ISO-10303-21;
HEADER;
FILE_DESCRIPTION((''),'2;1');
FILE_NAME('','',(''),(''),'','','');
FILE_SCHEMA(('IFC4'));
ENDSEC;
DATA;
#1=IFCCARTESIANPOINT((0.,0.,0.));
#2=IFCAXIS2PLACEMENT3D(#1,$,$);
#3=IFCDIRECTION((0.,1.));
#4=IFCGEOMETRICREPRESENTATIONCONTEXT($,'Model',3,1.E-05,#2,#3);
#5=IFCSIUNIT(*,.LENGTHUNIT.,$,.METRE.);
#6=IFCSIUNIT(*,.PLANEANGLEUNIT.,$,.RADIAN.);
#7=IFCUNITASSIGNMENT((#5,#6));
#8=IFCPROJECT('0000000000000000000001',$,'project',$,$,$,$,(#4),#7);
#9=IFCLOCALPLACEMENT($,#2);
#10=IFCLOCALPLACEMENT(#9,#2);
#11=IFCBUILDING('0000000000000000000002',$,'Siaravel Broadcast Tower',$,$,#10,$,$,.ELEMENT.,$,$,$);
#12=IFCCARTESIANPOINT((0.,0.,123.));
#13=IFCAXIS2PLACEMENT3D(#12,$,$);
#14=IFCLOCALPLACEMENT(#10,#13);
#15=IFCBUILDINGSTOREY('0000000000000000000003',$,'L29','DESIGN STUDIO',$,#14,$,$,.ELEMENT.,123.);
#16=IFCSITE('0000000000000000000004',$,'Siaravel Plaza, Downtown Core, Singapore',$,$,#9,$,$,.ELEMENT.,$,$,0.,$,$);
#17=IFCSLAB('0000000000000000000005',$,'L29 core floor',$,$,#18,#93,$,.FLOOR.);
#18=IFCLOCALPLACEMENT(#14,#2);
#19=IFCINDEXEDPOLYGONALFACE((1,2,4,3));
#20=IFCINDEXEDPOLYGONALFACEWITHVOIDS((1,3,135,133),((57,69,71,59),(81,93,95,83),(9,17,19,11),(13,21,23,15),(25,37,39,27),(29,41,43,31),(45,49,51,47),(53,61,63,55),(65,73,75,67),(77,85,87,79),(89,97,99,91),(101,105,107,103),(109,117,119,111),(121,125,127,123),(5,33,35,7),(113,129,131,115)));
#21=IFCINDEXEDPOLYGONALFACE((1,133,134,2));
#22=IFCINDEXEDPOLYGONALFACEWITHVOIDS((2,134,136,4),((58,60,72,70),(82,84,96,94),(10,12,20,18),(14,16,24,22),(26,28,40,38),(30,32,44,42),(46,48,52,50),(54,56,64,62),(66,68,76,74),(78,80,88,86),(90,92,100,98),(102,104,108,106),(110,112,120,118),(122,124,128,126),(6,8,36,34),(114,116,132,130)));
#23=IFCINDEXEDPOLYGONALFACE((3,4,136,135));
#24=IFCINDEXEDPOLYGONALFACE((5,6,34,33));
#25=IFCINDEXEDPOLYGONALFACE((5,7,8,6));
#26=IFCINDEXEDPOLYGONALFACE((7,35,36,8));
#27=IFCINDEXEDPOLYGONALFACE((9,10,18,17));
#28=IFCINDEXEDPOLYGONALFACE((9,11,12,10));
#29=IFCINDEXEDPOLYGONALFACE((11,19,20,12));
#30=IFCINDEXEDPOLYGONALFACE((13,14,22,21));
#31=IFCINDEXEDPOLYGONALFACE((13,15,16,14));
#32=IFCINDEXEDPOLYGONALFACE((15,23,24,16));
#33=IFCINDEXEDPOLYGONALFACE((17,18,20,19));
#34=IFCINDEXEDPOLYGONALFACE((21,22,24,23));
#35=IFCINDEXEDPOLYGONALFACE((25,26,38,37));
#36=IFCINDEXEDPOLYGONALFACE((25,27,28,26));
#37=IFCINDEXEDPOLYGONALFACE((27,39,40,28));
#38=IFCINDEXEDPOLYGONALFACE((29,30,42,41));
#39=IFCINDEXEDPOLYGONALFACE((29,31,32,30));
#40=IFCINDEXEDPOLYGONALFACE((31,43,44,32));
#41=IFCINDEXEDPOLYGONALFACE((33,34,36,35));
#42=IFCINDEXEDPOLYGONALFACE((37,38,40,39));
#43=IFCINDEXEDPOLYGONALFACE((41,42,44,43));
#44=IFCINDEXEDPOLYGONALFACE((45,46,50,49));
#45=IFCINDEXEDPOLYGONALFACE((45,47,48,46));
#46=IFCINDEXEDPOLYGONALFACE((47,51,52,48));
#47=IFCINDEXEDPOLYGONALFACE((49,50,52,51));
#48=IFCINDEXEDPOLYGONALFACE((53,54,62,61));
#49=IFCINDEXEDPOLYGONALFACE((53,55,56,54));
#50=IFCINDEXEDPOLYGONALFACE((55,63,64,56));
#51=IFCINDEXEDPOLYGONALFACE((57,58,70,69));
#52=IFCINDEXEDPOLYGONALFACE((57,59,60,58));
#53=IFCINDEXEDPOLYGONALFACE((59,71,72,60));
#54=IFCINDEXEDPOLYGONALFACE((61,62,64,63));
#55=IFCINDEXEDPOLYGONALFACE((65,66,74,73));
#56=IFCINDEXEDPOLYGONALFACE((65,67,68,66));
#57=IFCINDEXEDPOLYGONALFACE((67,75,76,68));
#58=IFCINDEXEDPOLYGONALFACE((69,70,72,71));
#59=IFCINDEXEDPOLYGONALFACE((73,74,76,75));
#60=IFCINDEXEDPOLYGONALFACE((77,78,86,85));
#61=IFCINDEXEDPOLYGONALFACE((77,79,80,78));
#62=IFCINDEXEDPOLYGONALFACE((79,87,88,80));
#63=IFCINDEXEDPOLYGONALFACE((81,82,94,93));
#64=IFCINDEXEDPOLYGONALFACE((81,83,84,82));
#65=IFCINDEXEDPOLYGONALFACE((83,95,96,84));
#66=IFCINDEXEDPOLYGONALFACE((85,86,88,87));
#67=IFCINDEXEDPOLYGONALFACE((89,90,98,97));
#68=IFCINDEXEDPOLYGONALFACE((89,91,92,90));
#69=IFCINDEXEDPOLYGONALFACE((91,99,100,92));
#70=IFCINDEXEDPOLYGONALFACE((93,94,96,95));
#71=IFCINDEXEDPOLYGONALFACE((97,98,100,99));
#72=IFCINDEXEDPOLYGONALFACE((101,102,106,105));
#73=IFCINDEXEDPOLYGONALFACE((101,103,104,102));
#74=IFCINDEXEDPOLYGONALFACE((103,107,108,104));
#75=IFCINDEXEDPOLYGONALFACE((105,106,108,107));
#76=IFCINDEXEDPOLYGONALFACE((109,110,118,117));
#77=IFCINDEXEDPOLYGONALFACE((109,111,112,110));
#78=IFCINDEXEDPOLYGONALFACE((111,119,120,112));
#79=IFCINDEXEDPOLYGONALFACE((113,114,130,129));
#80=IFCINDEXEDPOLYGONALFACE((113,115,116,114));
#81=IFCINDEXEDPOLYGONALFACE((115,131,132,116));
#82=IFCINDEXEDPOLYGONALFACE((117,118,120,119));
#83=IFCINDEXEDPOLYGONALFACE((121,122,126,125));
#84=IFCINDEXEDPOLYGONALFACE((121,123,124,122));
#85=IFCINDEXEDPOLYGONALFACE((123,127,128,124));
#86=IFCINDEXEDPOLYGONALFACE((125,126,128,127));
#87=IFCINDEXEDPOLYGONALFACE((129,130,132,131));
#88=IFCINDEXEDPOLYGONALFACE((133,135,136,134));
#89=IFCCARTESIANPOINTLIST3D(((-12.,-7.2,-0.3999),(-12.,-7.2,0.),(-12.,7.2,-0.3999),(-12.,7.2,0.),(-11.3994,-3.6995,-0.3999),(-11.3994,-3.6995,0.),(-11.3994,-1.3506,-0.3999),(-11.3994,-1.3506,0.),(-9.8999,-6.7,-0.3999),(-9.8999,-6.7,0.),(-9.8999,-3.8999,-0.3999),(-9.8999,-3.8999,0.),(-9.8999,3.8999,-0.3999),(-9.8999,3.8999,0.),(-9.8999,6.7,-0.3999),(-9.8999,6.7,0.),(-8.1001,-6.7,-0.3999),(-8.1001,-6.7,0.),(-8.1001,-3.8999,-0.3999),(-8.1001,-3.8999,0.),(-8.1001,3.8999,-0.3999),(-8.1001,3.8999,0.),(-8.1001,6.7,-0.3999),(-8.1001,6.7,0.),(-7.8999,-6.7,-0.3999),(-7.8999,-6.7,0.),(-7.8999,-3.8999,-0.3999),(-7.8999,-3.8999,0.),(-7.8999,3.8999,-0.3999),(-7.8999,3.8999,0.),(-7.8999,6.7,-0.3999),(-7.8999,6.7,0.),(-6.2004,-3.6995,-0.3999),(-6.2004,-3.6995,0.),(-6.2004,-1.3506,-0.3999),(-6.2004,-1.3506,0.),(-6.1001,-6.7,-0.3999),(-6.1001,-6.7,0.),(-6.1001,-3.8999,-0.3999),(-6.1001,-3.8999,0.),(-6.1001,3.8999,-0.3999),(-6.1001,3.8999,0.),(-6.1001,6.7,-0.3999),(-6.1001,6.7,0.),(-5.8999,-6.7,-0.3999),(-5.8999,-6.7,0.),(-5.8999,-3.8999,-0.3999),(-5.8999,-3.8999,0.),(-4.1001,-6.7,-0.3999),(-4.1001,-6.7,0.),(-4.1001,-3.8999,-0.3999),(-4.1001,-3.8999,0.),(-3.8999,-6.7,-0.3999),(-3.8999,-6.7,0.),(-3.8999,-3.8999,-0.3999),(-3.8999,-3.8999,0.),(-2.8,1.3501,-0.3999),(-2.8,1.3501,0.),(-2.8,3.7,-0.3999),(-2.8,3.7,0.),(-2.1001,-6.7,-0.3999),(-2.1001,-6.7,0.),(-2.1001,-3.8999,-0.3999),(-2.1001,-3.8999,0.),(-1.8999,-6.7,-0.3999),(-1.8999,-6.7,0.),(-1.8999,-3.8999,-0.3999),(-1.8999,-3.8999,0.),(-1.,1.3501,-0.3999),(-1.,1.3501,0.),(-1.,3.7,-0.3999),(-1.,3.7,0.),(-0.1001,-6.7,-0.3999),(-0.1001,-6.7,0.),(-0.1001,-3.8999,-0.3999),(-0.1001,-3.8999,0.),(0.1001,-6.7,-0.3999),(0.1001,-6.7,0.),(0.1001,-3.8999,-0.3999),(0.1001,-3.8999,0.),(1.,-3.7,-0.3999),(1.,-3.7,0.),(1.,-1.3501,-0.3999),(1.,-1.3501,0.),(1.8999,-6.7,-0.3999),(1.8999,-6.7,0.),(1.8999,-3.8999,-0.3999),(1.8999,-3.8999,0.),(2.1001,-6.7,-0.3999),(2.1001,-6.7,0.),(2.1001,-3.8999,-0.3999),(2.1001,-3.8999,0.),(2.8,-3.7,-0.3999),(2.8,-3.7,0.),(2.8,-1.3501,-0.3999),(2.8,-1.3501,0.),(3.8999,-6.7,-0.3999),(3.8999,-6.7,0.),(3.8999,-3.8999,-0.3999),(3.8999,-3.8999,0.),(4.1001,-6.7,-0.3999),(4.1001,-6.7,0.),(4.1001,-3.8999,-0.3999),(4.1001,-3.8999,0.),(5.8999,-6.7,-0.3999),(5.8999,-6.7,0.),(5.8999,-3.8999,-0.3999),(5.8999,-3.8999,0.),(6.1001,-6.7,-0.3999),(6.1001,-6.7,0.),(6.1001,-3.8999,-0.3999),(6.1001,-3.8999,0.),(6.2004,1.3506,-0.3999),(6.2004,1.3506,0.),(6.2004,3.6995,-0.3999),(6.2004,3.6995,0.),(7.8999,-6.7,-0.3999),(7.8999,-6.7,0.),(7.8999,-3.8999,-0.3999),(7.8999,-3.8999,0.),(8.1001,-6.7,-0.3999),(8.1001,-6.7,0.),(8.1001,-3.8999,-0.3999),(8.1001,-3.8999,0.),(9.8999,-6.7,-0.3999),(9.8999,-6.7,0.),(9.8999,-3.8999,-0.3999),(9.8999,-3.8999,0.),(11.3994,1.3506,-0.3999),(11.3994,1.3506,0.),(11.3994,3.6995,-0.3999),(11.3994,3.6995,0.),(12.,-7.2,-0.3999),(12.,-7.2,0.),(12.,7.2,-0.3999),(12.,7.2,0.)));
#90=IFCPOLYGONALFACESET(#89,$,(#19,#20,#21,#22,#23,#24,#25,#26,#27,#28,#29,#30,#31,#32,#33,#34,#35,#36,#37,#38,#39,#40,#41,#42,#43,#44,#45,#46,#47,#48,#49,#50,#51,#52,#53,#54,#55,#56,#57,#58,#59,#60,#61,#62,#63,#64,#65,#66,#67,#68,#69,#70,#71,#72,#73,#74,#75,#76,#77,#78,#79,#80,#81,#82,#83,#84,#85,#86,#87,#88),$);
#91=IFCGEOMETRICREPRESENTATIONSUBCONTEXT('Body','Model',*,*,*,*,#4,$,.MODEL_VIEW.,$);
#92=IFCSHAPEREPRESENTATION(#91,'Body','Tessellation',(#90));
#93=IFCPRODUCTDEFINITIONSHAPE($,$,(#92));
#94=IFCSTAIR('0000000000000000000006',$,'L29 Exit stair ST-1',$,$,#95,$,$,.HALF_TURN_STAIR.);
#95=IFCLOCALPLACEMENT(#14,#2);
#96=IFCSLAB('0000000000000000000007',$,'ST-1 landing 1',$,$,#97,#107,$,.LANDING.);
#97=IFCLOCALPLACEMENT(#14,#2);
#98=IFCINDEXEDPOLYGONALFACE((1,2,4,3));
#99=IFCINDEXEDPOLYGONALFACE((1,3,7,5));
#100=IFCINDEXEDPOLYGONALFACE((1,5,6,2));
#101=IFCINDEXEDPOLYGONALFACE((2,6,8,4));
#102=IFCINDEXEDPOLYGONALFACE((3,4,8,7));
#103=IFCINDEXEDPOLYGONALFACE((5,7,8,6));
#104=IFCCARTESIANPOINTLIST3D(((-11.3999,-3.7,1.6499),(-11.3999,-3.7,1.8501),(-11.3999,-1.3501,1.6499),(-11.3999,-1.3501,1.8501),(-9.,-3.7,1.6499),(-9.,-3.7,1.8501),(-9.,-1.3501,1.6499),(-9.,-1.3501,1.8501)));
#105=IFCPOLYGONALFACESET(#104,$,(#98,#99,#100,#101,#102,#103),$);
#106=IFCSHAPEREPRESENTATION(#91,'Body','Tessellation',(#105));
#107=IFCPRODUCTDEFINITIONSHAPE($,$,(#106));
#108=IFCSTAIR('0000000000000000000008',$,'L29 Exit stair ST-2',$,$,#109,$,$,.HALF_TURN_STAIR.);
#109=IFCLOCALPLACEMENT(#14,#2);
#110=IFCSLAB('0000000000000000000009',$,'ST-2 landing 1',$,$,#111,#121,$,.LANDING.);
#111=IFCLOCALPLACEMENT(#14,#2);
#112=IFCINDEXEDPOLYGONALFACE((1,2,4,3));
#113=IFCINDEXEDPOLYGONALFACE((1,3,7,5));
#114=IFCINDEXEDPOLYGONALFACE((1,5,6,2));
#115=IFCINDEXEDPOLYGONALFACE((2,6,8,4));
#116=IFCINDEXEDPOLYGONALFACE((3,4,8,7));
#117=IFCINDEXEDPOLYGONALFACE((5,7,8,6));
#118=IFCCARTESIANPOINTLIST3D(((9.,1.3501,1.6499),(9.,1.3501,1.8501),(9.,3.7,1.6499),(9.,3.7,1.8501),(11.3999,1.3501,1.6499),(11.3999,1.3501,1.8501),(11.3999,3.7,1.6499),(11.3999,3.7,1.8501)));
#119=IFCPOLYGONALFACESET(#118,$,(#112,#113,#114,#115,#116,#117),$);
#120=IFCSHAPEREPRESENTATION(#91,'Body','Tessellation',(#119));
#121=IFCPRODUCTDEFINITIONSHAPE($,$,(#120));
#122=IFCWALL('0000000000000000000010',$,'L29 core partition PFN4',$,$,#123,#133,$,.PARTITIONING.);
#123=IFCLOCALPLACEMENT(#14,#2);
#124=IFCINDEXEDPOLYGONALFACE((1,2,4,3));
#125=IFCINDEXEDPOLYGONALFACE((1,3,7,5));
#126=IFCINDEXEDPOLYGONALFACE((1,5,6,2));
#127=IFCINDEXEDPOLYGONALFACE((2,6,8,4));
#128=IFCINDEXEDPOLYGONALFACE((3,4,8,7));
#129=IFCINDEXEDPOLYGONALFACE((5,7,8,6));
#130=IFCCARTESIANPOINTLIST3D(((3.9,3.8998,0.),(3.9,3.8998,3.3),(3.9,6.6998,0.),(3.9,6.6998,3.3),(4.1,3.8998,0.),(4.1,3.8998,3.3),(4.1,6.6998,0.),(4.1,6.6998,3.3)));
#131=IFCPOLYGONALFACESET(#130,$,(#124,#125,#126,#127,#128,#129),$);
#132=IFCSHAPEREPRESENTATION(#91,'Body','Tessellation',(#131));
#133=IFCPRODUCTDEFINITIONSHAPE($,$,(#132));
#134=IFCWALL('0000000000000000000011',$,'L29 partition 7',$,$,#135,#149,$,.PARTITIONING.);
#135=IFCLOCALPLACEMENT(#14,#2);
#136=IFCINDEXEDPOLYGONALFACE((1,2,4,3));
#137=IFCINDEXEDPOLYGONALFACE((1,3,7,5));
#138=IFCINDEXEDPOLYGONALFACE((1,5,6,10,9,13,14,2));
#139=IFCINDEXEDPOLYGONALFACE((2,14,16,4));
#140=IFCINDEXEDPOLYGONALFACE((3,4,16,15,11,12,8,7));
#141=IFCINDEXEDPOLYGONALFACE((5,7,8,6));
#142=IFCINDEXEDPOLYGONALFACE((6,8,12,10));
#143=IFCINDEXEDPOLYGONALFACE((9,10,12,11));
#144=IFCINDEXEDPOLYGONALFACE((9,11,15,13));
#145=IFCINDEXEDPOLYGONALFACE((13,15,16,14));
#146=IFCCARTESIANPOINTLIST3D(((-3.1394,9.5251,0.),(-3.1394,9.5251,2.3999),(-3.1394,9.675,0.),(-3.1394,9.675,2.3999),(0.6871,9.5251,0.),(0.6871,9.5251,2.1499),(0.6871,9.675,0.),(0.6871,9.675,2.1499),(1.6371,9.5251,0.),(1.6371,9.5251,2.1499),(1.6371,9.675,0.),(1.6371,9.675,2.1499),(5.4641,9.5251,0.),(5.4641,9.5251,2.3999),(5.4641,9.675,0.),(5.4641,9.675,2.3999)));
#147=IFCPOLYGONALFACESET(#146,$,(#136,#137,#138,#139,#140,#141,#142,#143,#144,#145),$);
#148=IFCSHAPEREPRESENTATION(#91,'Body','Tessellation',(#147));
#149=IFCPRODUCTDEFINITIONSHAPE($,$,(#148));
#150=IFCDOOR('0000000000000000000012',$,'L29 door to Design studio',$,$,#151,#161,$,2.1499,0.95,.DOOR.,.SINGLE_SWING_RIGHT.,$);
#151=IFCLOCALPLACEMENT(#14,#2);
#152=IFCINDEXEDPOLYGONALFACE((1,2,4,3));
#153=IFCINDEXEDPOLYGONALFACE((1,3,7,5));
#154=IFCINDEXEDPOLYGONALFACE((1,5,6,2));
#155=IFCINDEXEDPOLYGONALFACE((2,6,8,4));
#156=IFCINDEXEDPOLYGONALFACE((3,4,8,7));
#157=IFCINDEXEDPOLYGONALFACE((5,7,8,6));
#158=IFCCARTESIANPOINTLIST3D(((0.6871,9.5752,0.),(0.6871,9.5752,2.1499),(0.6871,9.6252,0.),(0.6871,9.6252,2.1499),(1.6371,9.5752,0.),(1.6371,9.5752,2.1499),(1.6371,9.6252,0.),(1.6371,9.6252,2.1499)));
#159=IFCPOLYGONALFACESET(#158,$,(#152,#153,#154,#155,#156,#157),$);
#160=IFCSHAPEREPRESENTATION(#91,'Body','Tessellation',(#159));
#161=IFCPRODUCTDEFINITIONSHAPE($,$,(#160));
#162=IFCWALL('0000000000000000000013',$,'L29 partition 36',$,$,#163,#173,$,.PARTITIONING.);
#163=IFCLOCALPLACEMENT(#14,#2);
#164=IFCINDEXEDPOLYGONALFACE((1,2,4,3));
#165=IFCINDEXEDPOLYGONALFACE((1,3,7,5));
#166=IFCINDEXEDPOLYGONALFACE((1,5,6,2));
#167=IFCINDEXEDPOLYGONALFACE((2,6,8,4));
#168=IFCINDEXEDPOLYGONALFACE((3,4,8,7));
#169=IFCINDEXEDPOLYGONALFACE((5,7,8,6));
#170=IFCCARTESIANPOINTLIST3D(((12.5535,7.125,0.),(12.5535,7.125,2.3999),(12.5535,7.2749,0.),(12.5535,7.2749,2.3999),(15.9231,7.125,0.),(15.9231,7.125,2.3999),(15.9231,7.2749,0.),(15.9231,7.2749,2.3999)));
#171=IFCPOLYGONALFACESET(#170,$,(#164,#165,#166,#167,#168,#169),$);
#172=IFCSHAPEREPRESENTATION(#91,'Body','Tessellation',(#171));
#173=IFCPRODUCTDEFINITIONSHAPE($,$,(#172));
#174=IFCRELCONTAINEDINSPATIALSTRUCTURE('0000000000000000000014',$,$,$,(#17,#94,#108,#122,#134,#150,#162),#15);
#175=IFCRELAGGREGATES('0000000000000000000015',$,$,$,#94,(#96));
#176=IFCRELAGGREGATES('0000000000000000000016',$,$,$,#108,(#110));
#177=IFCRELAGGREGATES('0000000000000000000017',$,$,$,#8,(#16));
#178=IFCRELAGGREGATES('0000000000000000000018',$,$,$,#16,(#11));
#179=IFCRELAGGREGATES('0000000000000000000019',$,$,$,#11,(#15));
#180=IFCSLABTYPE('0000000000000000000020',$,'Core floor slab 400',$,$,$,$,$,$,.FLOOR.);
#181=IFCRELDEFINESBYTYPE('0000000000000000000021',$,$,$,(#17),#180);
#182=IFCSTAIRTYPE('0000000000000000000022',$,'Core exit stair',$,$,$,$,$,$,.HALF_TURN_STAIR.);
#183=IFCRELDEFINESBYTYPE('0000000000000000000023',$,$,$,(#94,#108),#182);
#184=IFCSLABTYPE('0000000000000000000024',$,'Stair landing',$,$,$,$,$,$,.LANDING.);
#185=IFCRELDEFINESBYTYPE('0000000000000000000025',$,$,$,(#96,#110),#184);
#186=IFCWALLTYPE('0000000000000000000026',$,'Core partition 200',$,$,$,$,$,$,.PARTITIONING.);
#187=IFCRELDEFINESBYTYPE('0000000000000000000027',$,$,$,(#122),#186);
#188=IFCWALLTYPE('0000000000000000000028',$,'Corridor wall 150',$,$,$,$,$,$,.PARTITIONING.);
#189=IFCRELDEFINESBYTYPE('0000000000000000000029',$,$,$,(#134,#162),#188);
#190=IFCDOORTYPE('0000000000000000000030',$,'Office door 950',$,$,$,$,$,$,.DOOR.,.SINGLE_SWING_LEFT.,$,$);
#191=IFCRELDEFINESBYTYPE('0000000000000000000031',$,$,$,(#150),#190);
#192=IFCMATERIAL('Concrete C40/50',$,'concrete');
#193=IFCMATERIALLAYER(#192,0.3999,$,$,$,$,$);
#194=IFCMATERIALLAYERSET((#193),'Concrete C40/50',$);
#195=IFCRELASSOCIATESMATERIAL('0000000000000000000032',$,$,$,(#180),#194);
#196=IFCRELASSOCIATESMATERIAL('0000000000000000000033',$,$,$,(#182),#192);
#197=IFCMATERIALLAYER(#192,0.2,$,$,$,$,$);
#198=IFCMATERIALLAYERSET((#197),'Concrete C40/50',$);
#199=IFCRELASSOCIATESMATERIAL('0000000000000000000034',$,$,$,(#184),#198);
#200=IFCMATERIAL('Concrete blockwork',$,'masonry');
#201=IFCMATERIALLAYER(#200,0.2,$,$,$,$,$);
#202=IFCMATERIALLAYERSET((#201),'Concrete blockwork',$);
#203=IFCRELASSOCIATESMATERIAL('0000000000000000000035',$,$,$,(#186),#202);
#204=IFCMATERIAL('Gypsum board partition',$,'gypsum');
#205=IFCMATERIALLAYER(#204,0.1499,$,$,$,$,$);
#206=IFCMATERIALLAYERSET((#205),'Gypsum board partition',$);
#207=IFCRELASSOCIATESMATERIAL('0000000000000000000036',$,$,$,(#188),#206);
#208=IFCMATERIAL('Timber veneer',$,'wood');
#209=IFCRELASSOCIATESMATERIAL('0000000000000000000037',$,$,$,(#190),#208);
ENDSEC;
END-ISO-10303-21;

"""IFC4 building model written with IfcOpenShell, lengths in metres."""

from ifc_helpers import new_model, si_unit, direction, frame, frame_2d, origin, place, context, subcontext, project, spatial, polyline, rectangle, outline, extrude, material, layer, layer_set, type_object, element, fill, aggregate, save


model = new_model("IFC4")

# Units and contexts
model_context = context("Model", 3, precision=1e-05, world=origin(), true_north=direction((0.0, 1.0)))
body_context = subcontext(model_context, "Body", "Model", "MODEL_VIEW")
ifc_project = project(units=[si_unit("LENGTHUNIT", "METRE"), si_unit("PLANEANGLEUNIT", "RADIAN")], contexts=[model_context])

# Site, building, storey
site_placement = place(None, origin())
site = spatial("IfcSite", under=ifc_project, at=site_placement, Name="Siaravel Plaza, Downtown Core, Singapore", CompositionType="ELEMENT", RefElevation=0.0)
building_placement = place(site_placement, origin())
building = spatial("IfcBuilding", under=site, at=building_placement, Name="Siaravel Broadcast Tower", CompositionType="ELEMENT")
storey_placement = place(building_placement, frame((0.0, 0.0, 123.0)))
storey = spatial("IfcBuildingStorey", under=building, at=storey_placement, Name="L29", Description="DESIGN STUDIO", CompositionType="ELEMENT", Elevation=123.0)

# Slab
ifc_material_1 = material(Name="Concrete C40/50", Category="concrete")
ifc_layer_1 = layer(ifc_material_1, 0.3999)
ifc_layer_set_1 = layer_set([ifc_layer_1], Name="Concrete C40/50")
slab_type_1 = type_object("IfcSlabType", Name="Core floor slab 400", PredefinedType="FLOOR", material=ifc_layer_set_1)
slab_1_placement = place(storey_placement, frame((0.0, 0.0, -0.3999)))
element("IfcSlab", 1, at=slab_1_placement, inside=storey, type_object=slab_type_1, Name="L29 core floor", PredefinedType="FLOOR", context=body_context, shape_type="SweptSolid", body=[
    extrude(outline(polyline([(-12.0, -7.2), (-12.0, 7.2), (12.0, 7.2), (12.0, -7.2), (-12.0, -7.2)]), holes=[polyline([(11.3994, 1.3506), (11.3994, 3.6995), (6.2004, 3.6995), (6.2004, 1.3506), (11.3994, 1.3506)]), polyline([(9.8999, -3.8999), (8.1001, -3.8999), (8.1001, -6.7), (9.8999, -6.7), (9.8999, -3.8999)]), polyline([(7.8999, -3.8999), (6.1001, -3.8999), (6.1001, -6.7), (7.8999, -6.7), (7.8999, -3.8999)]), polyline([(5.8999, -3.8999), (4.1001, -3.8999), (4.1001, -6.7), (5.8999, -6.7), (5.8999, -3.8999)]), polyline([(3.8999, -3.8999), (2.1001, -3.8999), (2.1001, -6.7), (3.8999, -6.7), (3.8999, -3.8999)]), polyline([(2.8, -1.3501), (1.0, -1.3501), (1.0, -3.7), (2.8, -3.7), (2.8, -1.3501)]), polyline([(1.8999, -3.8999), (0.1001, -3.8999), (0.1001, -6.7), (1.8999, -6.7), (1.8999, -3.8999)]), polyline([(-0.1001, -3.8999), (-1.8999, -3.8999), (-1.8999, -6.7), (-0.1001, -6.7), (-0.1001, -3.8999)]), polyline([(-1.0, 3.7), (-2.8, 3.7), (-2.8, 1.3501), (-1.0, 1.3501), (-1.0, 3.7)]), polyline([(-2.1001, -3.8999), (-3.8999, -3.8999), (-3.8999, -6.7), (-2.1001, -6.7), (-2.1001, -3.8999)]), polyline([(-4.1001, -3.8999), (-5.8999, -3.8999), (-5.8999, -6.7), (-4.1001, -6.7), (-4.1001, -3.8999)]), polyline([(-6.1001, -3.8999), (-7.8999, -3.8999), (-7.8999, -6.7), (-6.1001, -6.7), (-6.1001, -3.8999)]), polyline([(-6.1001, 6.7), (-7.8999, 6.7), (-7.8999, 3.8999), (-6.1001, 3.8999), (-6.1001, 6.7)]), polyline([(-11.3994, -1.3506), (-11.3994, -3.6995), (-6.2004, -3.6995), (-6.2004, -1.3506), (-11.3994, -1.3506)]), polyline([(-8.1001, -3.8999), (-9.8999, -3.8999), (-9.8999, -6.7), (-8.1001, -6.7), (-8.1001, -3.8999)]), polyline([(-8.1001, 6.7), (-9.8999, 6.7), (-9.8999, 3.8999), (-8.1001, 3.8999), (-8.1001, 6.7)])]), origin(), (0.0, 0.0, 1.0), 0.3999),
])

# Stairs, slabs
stair_type = type_object("IfcStairType", Name="Core exit stair", PredefinedType="HALF_TURN_STAIR", material=ifc_material_1)
stair_1_placement = place(storey_placement, origin())
stair_1 = element("IfcStair", 2, at=stair_1_placement, inside=storey, type_object=stair_type, Name="L29 Exit stair ST-1", PredefinedType="HALF_TURN_STAIR")
ifc_layer_2 = layer(ifc_material_1, 0.2)
ifc_layer_set_2 = layer_set([ifc_layer_2], Name="Concrete C40/50")
slab_type_2 = type_object("IfcSlabType", Name="Stair landing", PredefinedType="LANDING", material=ifc_layer_set_2)
slab_2_placement = place(storey_placement, frame((0.0, 0.0, 1.6499)))
slab_2 = element("IfcSlab", 3, at=slab_2_placement, type_object=slab_type_2, Name="ST-1 landing 1", PredefinedType="LANDING", context=body_context, shape_type="SweptSolid", body=[
    extrude(outline(polyline([(-9.0, -1.3501), (-11.3999, -1.3501), (-11.3999, -3.7), (-9.0, -3.7), (-9.0, -1.3501)])), origin(), (0.0, 0.0, 1.0), 0.2002),
])
aggregate(stair_1, [slab_2])
stair_2_placement = place(storey_placement, origin())
stair_2 = element("IfcStair", 4, at=stair_2_placement, inside=storey, type_object=stair_type, Name="L29 Exit stair ST-2", PredefinedType="HALF_TURN_STAIR")
slab_3_placement = place(storey_placement, frame((0.0, 0.0, 1.6499)))
slab_3 = element("IfcSlab", 5, at=slab_3_placement, type_object=slab_type_2, Name="ST-2 landing 1", PredefinedType="LANDING", context=body_context, shape_type="SweptSolid", body=[
    extrude(outline(polyline([(9.0, 1.3501), (11.3999, 1.3501), (11.3999, 3.7), (9.0, 3.7), (9.0, 1.3501)])), origin(), (0.0, 0.0, 1.0), 0.2002),
])

# Wall
ifc_material_2 = material(Name="Concrete blockwork", Category="masonry")
ifc_layer_3 = layer(ifc_material_2, 0.2)
ifc_layer_set_3 = layer_set([ifc_layer_3], Name="Concrete blockwork")
wall_type_1 = type_object("IfcWallType", Name="Core partition 200", PredefinedType="PARTITIONING", material=ifc_layer_set_3)
wall_1_placement = place(storey_placement, frame((4.0, 3.8999, 0.0), z_axis=(0.0, 0.0, 1.0), x_axis=(0.0, 1.0, 0.0)))
element("IfcWall", 6, at=wall_1_placement, inside=storey, type_object=wall_type_1, Name="L29 core partition PFN4", PredefinedType="PARTITIONING", context=body_context, shape_type="SweptSolid", body=[
    extrude(rectangle(XDim=2.8, YDim=0.2, at=frame_2d((1.3999, 0.0))), origin(), (0.0, 0.0, 1.0), 3.3),
])

# Wall, opening, door
ifc_material_3 = material(Name="Gypsum board partition", Category="gypsum")
ifc_layer_4 = layer(ifc_material_3, 0.1499)
ifc_layer_set_4 = layer_set([ifc_layer_4], Name="Gypsum board partition")
wall_type_2 = type_object("IfcWallType", Name="Corridor wall 150", PredefinedType="PARTITIONING", material=ifc_layer_set_4)
wall_2_placement = place(storey_placement, frame((5.4641, 9.6001, 0.0), z_axis=(0.0, 0.0, 1.0), x_axis=(-1.0, 0.0, 0.0)))
wall_2 = element("IfcWall", 7, at=wall_2_placement, inside=storey, type_object=wall_type_2, Name="L29 partition 7", PredefinedType="PARTITIONING", context=body_context, shape_type="SweptSolid", body=[
    extrude(rectangle(XDim=8.6035, YDim=0.1499, at=frame_2d((4.3018, 0.0))), origin(), (0.0, 0.0, 1.0), 2.3999),
])
opening_1_placement = place(wall_2_placement, frame((3.8269, 0.0, 0.0)))
opening_1 = element("IfcOpeningElement", 8, at=opening_1_placement, cuts=wall_2, PredefinedType="OPENING", context=body_context, shape_type="SweptSolid", body=[
    extrude(rectangle(XDim=0.95, YDim=2.1499, at=frame_2d((0.4751, 1.075))), frame((0.0, 0.085, 0.0), z_axis=(0.0, -1.0, 0.0), x_axis=(1.0, 0.0, 0.0)), (0.0, 0.0, 1.0), 0.1699),
])
ifc_material_4 = material(Name="Timber veneer", Category="wood")
door_type_1 = type_object("IfcDoorType", Name="Office door 950", OperationType="SINGLE_SWING_LEFT", PredefinedType="DOOR", material=ifc_material_4)
door_1_placement = place(opening_1_placement, origin())
door_1 = element("IfcDoor", 9, at=door_1_placement, inside=storey, type_object=door_type_1, Name="L29 door to Design studio", OperationType="SINGLE_SWING_RIGHT", OverallHeight=2.1499, OverallWidth=0.95, PredefinedType="DOOR", context=body_context, shape_type="SweptSolid", body=[
    extrude(rectangle(XDim=0.95, YDim=2.1499, at=frame_2d((0.4751, 1.075))), frame((0.0, 0.0249, 0.0), z_axis=(0.0, -1.0, 0.0), x_axis=(1.0, 0.0, 0.0)), (0.0, 0.0, 1.0), 0.05),
])
fill(opening_1, door_1)

# Wall
wall_3_placement = place(storey_placement, frame((12.5535, 7.2, 0.0), z_axis=(0.0, 0.0, 1.0), x_axis=(1.0, 0.0, 0.0)))
element("IfcWall", 10, at=wall_3_placement, inside=storey, type_object=wall_type_2, Name="L29 partition 36", PredefinedType="PARTITIONING", context=body_context, shape_type="SweptSolid", body=[
    extrude(rectangle(XDim=3.3696, YDim=0.1499, at=frame_2d((1.6848, 0.0))), origin(), (0.0, 0.0, 1.0), 2.3999),
])

aggregate(stair_2, [slab_3])

save(model, "model.ifc")
